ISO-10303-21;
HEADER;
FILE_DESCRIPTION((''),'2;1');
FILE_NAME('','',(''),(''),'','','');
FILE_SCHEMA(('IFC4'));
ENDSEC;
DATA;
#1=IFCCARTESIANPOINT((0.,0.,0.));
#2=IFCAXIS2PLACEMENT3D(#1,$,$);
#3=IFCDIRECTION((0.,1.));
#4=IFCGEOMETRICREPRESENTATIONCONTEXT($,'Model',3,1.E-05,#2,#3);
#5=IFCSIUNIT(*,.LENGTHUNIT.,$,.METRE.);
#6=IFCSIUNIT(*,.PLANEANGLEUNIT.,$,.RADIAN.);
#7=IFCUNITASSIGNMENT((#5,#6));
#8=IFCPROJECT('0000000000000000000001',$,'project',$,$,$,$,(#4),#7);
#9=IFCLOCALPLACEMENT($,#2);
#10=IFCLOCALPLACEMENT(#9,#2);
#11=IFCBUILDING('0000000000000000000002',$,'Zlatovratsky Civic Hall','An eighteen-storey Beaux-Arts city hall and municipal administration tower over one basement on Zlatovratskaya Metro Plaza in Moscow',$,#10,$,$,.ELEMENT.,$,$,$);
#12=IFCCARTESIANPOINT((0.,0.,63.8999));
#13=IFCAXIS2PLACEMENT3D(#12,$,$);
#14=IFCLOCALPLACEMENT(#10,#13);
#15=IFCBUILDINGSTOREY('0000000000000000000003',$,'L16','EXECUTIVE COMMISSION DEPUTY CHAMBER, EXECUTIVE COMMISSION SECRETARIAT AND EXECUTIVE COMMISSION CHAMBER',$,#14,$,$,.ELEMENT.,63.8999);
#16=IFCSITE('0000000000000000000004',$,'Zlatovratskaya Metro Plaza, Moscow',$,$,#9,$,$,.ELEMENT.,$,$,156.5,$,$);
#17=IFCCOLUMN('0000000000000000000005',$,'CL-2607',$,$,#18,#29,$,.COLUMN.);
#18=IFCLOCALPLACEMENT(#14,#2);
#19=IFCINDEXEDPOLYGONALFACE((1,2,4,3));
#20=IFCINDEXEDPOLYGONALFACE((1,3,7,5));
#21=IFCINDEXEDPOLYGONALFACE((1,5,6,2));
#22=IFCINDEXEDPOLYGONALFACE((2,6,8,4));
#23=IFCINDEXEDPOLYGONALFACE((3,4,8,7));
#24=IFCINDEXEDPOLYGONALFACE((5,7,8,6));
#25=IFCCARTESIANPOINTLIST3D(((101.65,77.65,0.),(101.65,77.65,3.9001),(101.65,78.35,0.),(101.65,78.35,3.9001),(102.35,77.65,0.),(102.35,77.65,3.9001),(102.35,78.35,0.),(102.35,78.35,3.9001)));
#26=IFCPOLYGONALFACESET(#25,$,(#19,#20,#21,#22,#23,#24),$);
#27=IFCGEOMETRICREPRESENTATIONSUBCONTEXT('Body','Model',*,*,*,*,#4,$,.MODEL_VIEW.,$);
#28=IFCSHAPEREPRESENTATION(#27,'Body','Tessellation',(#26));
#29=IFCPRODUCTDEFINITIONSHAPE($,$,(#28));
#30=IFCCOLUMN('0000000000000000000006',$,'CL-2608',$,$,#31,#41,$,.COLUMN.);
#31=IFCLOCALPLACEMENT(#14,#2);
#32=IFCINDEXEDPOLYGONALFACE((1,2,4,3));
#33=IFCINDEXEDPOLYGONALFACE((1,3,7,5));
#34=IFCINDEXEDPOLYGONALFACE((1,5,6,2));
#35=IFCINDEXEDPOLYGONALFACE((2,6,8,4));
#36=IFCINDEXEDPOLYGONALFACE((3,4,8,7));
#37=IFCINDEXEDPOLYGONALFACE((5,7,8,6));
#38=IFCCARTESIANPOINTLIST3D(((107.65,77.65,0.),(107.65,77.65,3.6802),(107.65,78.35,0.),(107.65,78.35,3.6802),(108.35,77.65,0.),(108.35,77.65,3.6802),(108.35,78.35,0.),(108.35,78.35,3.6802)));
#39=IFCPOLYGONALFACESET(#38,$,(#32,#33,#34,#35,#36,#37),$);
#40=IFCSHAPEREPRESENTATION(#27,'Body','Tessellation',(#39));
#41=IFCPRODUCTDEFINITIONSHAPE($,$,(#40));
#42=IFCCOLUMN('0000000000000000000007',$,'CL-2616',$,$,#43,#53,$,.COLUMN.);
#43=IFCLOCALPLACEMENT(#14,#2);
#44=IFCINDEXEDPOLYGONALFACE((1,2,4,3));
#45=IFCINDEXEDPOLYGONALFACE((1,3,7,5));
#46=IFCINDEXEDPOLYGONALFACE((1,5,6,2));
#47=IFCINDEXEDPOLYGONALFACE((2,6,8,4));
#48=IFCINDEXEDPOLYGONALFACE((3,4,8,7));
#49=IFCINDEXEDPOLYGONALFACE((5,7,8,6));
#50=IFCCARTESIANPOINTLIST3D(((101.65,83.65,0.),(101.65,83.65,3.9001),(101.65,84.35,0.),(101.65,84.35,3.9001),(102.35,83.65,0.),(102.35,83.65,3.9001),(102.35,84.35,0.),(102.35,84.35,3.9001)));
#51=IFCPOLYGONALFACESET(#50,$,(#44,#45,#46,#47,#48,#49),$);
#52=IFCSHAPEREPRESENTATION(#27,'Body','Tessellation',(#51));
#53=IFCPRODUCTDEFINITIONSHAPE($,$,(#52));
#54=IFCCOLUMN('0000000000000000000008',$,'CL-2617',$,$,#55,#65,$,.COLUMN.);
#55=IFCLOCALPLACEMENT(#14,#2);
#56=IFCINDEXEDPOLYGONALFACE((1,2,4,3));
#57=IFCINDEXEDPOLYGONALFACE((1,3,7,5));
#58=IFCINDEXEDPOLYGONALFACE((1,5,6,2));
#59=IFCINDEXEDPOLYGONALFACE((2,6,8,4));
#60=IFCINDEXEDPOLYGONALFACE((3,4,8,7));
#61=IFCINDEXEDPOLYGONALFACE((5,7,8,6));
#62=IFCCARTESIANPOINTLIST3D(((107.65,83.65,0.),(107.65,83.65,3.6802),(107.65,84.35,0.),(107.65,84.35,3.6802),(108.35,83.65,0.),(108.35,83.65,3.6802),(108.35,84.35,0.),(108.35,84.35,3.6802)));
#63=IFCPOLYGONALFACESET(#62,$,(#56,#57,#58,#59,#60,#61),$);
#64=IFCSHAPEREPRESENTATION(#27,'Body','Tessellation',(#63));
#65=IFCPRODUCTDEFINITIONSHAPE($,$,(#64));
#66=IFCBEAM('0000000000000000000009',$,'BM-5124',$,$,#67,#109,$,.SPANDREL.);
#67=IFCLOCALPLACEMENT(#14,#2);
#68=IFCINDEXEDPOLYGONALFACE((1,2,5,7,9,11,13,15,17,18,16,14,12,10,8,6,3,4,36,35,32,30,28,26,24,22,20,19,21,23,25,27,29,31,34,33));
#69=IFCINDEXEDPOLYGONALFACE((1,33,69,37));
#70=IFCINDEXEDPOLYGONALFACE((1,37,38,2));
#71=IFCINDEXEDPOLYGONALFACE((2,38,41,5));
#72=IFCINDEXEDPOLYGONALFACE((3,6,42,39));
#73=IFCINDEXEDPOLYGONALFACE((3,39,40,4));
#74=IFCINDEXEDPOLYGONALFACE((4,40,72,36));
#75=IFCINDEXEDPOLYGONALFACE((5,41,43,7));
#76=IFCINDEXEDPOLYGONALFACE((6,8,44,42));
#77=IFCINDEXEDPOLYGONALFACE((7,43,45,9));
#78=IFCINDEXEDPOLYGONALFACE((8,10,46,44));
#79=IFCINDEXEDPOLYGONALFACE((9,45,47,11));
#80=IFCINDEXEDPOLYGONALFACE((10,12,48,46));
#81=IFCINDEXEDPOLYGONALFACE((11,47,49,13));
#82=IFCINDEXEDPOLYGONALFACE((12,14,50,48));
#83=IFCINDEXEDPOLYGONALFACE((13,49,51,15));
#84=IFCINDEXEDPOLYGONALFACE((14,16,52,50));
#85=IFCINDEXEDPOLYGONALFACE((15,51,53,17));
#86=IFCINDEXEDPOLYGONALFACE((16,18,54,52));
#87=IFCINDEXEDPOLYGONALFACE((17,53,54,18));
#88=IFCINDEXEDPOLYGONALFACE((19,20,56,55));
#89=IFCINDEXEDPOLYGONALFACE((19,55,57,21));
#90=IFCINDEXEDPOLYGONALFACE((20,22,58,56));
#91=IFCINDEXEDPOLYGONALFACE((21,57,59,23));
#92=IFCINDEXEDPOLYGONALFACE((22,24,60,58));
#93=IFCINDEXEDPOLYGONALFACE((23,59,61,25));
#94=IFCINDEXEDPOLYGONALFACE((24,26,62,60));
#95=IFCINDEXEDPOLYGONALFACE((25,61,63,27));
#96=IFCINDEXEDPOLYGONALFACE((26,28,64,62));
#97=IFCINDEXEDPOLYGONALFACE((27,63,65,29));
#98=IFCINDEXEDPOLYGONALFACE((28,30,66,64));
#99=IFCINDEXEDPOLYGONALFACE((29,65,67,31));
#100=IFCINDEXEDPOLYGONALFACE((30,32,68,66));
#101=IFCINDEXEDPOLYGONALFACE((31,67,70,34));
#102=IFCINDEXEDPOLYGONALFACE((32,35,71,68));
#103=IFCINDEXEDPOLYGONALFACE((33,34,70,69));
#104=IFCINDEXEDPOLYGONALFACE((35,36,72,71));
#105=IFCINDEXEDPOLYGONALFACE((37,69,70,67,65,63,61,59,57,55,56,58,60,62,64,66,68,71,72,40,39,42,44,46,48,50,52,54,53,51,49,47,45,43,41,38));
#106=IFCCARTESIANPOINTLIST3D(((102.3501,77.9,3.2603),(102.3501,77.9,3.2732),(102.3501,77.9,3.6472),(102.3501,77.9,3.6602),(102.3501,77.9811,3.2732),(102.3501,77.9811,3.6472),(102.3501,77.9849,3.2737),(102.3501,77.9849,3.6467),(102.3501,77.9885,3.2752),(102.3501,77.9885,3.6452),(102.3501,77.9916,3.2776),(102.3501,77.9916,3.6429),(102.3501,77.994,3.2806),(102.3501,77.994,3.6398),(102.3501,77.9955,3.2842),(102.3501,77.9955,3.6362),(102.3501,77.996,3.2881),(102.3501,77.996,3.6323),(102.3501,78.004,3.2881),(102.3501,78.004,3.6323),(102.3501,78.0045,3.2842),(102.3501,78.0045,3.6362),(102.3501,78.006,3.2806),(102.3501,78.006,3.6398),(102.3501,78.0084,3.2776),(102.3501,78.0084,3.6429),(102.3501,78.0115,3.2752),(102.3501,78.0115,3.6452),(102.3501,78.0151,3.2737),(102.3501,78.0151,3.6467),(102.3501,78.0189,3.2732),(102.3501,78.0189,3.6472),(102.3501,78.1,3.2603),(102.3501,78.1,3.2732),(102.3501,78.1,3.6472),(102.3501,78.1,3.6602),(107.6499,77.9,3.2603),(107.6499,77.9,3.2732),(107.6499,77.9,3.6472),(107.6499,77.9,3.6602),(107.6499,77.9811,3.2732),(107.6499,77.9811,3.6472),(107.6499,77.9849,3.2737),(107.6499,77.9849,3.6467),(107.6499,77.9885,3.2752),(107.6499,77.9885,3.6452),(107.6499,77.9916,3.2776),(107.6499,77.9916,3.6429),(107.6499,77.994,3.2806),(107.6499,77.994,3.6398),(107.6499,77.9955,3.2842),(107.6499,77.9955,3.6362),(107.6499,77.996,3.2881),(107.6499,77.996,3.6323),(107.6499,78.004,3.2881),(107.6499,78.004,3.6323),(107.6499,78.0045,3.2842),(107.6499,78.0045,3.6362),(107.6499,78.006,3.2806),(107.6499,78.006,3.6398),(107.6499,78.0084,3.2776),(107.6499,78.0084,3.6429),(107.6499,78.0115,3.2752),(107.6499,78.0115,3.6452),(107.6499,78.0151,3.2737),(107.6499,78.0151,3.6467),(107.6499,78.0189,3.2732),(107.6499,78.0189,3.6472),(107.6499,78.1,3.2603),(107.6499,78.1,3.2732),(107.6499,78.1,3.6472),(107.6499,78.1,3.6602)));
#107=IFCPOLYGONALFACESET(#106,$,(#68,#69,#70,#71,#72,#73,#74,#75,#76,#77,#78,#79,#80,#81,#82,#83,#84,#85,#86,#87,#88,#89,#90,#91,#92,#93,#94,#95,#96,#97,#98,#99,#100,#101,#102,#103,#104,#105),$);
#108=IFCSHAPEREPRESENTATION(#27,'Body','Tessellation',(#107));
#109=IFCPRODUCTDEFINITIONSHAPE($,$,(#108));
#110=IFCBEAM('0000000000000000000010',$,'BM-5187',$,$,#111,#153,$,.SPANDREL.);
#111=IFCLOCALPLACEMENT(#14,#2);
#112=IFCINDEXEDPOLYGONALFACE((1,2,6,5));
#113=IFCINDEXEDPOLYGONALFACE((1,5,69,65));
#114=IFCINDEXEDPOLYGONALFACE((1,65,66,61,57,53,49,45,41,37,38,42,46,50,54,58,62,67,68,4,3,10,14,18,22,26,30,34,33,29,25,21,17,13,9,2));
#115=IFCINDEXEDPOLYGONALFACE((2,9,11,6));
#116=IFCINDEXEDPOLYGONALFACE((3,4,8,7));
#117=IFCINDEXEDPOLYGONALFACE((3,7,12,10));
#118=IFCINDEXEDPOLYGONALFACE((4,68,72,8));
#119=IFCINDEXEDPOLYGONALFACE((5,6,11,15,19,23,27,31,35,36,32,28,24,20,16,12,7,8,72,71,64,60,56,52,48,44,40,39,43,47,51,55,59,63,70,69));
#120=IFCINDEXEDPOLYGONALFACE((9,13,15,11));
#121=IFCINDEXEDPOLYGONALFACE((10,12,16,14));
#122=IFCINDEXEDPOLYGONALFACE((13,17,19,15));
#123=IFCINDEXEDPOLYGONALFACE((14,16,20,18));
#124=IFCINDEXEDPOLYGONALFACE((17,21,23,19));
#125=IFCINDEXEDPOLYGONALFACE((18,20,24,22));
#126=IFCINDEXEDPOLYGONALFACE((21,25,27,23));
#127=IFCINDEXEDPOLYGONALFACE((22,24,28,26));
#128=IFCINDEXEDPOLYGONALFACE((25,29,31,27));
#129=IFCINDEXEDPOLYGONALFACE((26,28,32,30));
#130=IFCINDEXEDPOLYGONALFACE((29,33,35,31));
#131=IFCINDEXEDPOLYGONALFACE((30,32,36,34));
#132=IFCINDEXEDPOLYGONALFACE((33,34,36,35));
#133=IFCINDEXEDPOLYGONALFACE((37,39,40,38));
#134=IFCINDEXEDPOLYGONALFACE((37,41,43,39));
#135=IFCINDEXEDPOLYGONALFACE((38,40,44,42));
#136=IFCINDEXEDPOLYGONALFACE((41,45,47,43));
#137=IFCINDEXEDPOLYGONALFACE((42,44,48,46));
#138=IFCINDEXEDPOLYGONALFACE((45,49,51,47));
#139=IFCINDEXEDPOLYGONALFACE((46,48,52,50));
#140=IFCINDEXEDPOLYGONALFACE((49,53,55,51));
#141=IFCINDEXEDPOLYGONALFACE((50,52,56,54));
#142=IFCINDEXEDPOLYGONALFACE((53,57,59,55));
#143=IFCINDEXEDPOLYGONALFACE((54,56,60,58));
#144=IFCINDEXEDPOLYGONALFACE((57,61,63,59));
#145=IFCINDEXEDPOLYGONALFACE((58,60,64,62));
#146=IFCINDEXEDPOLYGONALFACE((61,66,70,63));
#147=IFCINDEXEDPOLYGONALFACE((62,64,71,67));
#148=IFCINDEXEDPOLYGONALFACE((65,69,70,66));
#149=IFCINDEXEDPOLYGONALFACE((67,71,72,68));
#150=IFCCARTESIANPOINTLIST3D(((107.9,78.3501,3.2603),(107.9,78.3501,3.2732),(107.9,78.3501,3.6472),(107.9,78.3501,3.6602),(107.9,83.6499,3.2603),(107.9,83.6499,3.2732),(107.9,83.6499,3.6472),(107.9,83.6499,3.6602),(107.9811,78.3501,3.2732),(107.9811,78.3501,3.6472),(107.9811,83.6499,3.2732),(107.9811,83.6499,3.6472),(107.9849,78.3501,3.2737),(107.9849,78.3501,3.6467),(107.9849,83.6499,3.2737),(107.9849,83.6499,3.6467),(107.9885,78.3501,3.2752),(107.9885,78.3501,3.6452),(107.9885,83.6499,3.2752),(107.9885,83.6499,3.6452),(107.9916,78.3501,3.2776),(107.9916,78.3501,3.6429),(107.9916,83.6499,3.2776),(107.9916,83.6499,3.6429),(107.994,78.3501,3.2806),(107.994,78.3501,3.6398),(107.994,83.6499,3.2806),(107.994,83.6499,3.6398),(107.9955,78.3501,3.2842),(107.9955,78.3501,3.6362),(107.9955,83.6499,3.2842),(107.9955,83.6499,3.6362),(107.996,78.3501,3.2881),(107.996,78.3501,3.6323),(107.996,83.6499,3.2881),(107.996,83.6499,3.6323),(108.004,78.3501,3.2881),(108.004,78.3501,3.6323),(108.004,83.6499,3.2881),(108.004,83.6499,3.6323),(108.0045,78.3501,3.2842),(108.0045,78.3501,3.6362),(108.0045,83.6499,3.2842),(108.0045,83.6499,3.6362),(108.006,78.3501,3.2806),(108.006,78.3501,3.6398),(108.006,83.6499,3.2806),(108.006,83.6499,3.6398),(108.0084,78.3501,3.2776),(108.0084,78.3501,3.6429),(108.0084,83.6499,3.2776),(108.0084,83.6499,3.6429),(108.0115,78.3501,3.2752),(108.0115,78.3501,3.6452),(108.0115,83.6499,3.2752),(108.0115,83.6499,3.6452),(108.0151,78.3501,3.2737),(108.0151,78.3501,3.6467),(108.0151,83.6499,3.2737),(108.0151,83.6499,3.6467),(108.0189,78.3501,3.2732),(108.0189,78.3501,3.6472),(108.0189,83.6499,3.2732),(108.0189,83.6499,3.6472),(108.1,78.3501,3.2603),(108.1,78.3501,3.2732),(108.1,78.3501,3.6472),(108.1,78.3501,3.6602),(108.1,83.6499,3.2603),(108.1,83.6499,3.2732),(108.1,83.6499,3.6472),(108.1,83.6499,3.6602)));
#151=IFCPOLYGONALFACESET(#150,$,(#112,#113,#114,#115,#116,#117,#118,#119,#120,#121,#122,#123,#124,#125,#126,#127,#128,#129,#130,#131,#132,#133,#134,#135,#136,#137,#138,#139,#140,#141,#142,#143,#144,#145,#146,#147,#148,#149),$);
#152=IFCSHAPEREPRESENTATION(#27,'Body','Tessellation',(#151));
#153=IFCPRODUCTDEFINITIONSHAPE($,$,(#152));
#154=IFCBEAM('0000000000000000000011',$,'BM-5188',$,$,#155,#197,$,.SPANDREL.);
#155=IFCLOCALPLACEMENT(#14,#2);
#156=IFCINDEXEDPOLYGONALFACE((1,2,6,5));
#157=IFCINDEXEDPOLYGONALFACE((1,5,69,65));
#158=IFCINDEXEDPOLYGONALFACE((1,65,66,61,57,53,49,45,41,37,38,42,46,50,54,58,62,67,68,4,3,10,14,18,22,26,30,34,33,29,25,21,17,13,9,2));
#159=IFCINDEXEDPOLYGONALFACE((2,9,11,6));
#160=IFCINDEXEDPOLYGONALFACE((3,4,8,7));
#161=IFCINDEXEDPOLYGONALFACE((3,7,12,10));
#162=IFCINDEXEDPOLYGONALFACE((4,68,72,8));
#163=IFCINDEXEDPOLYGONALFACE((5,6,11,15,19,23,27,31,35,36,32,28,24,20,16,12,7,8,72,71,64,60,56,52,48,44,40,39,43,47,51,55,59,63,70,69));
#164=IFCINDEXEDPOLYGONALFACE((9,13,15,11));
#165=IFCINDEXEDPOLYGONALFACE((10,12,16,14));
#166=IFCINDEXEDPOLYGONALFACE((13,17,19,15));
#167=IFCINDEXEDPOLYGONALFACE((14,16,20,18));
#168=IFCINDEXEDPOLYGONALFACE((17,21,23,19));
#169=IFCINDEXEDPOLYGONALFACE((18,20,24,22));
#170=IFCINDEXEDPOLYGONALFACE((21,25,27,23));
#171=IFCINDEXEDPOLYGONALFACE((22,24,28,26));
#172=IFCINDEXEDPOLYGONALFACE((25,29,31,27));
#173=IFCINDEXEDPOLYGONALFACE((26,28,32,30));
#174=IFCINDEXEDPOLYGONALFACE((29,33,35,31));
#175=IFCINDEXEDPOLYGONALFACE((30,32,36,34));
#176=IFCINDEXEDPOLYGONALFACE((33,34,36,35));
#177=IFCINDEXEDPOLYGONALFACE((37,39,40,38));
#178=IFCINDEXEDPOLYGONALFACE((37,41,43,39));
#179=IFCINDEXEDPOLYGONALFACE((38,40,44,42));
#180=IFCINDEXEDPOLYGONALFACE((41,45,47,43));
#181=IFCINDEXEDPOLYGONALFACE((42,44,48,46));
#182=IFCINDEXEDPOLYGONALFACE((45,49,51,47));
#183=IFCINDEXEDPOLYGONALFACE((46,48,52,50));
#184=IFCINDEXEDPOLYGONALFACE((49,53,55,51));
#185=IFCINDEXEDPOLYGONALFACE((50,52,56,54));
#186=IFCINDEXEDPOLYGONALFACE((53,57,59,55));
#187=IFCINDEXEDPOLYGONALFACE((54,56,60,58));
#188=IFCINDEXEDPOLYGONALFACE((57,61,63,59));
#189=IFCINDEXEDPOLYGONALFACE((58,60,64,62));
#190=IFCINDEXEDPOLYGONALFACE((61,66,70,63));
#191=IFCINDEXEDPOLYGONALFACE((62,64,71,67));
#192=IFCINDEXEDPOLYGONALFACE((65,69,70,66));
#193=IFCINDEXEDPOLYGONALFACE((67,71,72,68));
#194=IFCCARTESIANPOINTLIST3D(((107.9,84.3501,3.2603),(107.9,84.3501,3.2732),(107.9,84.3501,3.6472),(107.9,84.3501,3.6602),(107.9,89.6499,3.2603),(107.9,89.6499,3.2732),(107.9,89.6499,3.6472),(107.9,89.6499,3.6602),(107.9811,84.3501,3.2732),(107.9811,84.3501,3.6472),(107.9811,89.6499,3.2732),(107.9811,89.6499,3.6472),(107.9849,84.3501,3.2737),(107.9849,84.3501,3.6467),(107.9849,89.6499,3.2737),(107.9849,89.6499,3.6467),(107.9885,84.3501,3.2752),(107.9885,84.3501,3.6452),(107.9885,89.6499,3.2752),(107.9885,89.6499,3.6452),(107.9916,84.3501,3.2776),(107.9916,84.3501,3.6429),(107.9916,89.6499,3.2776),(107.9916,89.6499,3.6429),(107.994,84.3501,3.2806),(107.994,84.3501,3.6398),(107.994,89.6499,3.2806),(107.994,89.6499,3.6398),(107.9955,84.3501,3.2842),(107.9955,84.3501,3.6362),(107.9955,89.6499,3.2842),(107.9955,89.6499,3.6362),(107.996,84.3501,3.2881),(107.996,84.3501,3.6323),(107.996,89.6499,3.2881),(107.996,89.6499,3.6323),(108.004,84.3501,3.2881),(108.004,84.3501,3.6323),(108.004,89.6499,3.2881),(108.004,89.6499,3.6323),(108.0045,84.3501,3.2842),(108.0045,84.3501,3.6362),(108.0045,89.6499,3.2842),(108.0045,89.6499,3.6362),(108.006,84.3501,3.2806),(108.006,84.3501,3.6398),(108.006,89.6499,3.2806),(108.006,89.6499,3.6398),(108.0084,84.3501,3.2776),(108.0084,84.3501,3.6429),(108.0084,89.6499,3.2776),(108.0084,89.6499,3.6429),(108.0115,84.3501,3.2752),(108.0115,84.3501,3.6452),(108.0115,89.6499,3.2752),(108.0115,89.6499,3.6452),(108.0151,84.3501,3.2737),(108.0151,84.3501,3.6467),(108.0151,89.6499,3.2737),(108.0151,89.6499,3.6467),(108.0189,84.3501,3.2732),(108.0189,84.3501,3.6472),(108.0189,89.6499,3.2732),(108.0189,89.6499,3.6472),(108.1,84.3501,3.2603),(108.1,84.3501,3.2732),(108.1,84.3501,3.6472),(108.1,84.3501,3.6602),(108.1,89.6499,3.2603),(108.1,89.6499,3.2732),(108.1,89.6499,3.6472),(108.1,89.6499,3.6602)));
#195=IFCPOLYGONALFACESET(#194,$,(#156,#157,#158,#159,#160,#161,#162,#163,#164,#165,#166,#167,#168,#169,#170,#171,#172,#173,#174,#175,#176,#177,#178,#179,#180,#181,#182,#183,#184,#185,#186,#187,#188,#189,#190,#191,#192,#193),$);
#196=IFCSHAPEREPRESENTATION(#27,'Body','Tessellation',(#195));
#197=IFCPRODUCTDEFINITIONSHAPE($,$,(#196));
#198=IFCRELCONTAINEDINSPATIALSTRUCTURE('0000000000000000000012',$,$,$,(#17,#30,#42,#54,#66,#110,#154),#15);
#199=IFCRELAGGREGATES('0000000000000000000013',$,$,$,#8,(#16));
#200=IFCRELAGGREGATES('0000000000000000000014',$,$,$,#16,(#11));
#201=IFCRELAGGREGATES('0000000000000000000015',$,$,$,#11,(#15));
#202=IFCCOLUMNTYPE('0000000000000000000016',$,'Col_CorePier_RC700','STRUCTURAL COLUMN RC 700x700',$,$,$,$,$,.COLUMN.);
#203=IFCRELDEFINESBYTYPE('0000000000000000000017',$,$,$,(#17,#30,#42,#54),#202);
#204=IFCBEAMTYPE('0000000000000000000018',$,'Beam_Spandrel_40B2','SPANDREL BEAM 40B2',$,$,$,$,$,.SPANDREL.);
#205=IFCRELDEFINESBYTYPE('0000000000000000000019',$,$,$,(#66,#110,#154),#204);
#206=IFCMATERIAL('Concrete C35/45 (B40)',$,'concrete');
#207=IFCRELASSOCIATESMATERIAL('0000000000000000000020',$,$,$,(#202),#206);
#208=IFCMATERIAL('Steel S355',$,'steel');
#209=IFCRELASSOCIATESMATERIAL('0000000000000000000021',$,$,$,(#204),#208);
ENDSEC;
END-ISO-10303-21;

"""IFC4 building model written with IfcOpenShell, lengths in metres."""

from ifc_helpers import new_model, si_unit, direction, frame, origin, origin_2d, place, context, subcontext, project, spatial, rectangle, i_section, extrude, material, material_profile, profile_set, type_object, element, save


model = new_model("IFC4")

# Units and contexts
model_context = context("Model", 3, precision=1e-05, world=origin(), true_north=direction((0.0, 1.0)))
body_context = subcontext(model_context, "Body", "Model", "MODEL_VIEW")
ifc_project = project(units=[si_unit("LENGTHUNIT", "METRE"), si_unit("PLANEANGLEUNIT", "RADIAN")], contexts=[model_context])

# Site, building, storey
site_placement = place(None, origin())
site = spatial("IfcSite", under=ifc_project, at=site_placement, Name="Zlatovratskaya Metro Plaza, Moscow", CompositionType="ELEMENT", RefElevation=156.5)
building_placement = place(site_placement, origin())
building = spatial("IfcBuilding", under=site, at=building_placement, Name="Zlatovratsky Civic Hall", Description="An eighteen-storey Beaux-Arts city hall and municipal administration tower over one basement on Zlatovratskaya Metro Plaza in Moscow", CompositionType="ELEMENT")
storey_placement = place(building_placement, frame((0.0, 0.0, 63.8999)))
storey = spatial("IfcBuildingStorey", under=building, at=storey_placement, Name="L16", Description="EXECUTIVE COMMISSION DEPUTY CHAMBER, EXECUTIVE COMMISSION SECRETARIAT AND EXECUTIVE COMMISSION CHAMBER", CompositionType="ELEMENT", Elevation=63.8999)

# Columns
ifc_material_1 = material(Name="Concrete C35/45 (B40)", Category="concrete")
ifc_material_profile_1 = material_profile(ifc_material_1, rectangle(XDim=0.7, YDim=0.7, at=origin_2d()), Name="RC 700x700")
ifc_profile_set_1 = profile_set([ifc_material_profile_1], Name="Concrete C35/45 (B40)")
column_type = type_object("IfcColumnType", Name="Col_CorePier_RC700", Description="STRUCTURAL COLUMN RC 700x700", PredefinedType="COLUMN", material=ifc_profile_set_1)
column_1_placement = place(storey_placement, frame((102.0, 78.0, 0.0), z_axis=(0.0, 0.0, 1.0), x_axis=(1.0, 0.0, 0.0)))
element("IfcColumn", 1, at=column_1_placement, inside=storey, type_object=column_type, Name="CL-2607", PredefinedType="COLUMN", context=body_context, shape_type="SweptSolid", body=[
    extrude(rectangle(XDim=0.7, YDim=0.7, at=origin_2d()), origin(), (0.0, 0.0, 1.0), 3.9001),
])
column_2_placement = place(storey_placement, frame((108.0, 78.0, 0.0), z_axis=(0.0, 0.0, 1.0), x_axis=(1.0, 0.0, 0.0)))
element("IfcColumn", 2, at=column_2_placement, inside=storey, type_object=column_type, Name="CL-2608", PredefinedType="COLUMN", context=body_context, shape_type="SweptSolid", body=[
    extrude(rectangle(XDim=0.7, YDim=0.7, at=origin_2d()), origin(), (0.0, 0.0, 1.0), 3.6802),
])
column_3_placement = place(storey_placement, frame((102.0, 84.0, 0.0), z_axis=(0.0, 0.0, 1.0), x_axis=(1.0, 0.0, 0.0)))
element("IfcColumn", 3, at=column_3_placement, inside=storey, type_object=column_type, Name="CL-2616", PredefinedType="COLUMN", context=body_context, shape_type="SweptSolid", body=[
    extrude(rectangle(XDim=0.7, YDim=0.7, at=origin_2d()), origin(), (0.0, 0.0, 1.0), 3.9001),
])
column_4_placement = place(storey_placement, frame((108.0, 84.0, 0.0), z_axis=(0.0, 0.0, 1.0), x_axis=(1.0, 0.0, 0.0)))
element("IfcColumn", 4, at=column_4_placement, inside=storey, type_object=column_type, Name="CL-2617", PredefinedType="COLUMN", context=body_context, shape_type="SweptSolid", body=[
    extrude(rectangle(XDim=0.7, YDim=0.7, at=origin_2d()), origin(), (0.0, 0.0, 1.0), 3.6802),
])

# Beams
ifc_material_2 = material(Name="Steel S355", Category="steel")
ifc_material_profile_2 = material_profile(ifc_material_2, i_section(OverallWidth=0.2, OverallDepth=0.3999, WebThickness=0.0081, FlangeThickness=0.0129, FilletRadius=0.0149, at=origin_2d()), Name="40B2")
ifc_profile_set_2 = profile_set([ifc_material_profile_2], Name="Steel S355")
beam_type_1 = type_object("IfcBeamType", Name="Beam_Spandrel_40B2", Description="SPANDREL BEAM 40B2", PredefinedType="SPANDREL", material=ifc_profile_set_2)
for number, where, z_axis, x_axis, name in (
    (5, (102.3501, 78.0, 3.4602), (1.0, 0.0, 0.0), (0.0, 1.0, 0.0), "BM-5124"),
    (6, (108.0, 78.3501, 3.4602), (0.0, 1.0, 0.0), (-1.0, 0.0, 0.0), "BM-5187"),
    (7, (108.0, 84.3501, 3.4602), (0.0, 1.0, 0.0), (-1.0, 0.0, 0.0), "BM-5188"),
):
    element("IfcBeam", number, at=place(storey_placement, frame(where, z_axis=z_axis, x_axis=x_axis)), inside=storey, type_object=beam_type_1, Name=name, PredefinedType="SPANDREL", context=body_context, shape_type="SweptSolid", body=[
        extrude(i_section(OverallWidth=0.2, OverallDepth=0.3999, WebThickness=0.0081, FlangeThickness=0.0129, FilletRadius=0.0149, at=origin_2d()), origin(), (0.0, 0.0, 1.0), 5.2998),
    ])

save(model, "model.ifc")
